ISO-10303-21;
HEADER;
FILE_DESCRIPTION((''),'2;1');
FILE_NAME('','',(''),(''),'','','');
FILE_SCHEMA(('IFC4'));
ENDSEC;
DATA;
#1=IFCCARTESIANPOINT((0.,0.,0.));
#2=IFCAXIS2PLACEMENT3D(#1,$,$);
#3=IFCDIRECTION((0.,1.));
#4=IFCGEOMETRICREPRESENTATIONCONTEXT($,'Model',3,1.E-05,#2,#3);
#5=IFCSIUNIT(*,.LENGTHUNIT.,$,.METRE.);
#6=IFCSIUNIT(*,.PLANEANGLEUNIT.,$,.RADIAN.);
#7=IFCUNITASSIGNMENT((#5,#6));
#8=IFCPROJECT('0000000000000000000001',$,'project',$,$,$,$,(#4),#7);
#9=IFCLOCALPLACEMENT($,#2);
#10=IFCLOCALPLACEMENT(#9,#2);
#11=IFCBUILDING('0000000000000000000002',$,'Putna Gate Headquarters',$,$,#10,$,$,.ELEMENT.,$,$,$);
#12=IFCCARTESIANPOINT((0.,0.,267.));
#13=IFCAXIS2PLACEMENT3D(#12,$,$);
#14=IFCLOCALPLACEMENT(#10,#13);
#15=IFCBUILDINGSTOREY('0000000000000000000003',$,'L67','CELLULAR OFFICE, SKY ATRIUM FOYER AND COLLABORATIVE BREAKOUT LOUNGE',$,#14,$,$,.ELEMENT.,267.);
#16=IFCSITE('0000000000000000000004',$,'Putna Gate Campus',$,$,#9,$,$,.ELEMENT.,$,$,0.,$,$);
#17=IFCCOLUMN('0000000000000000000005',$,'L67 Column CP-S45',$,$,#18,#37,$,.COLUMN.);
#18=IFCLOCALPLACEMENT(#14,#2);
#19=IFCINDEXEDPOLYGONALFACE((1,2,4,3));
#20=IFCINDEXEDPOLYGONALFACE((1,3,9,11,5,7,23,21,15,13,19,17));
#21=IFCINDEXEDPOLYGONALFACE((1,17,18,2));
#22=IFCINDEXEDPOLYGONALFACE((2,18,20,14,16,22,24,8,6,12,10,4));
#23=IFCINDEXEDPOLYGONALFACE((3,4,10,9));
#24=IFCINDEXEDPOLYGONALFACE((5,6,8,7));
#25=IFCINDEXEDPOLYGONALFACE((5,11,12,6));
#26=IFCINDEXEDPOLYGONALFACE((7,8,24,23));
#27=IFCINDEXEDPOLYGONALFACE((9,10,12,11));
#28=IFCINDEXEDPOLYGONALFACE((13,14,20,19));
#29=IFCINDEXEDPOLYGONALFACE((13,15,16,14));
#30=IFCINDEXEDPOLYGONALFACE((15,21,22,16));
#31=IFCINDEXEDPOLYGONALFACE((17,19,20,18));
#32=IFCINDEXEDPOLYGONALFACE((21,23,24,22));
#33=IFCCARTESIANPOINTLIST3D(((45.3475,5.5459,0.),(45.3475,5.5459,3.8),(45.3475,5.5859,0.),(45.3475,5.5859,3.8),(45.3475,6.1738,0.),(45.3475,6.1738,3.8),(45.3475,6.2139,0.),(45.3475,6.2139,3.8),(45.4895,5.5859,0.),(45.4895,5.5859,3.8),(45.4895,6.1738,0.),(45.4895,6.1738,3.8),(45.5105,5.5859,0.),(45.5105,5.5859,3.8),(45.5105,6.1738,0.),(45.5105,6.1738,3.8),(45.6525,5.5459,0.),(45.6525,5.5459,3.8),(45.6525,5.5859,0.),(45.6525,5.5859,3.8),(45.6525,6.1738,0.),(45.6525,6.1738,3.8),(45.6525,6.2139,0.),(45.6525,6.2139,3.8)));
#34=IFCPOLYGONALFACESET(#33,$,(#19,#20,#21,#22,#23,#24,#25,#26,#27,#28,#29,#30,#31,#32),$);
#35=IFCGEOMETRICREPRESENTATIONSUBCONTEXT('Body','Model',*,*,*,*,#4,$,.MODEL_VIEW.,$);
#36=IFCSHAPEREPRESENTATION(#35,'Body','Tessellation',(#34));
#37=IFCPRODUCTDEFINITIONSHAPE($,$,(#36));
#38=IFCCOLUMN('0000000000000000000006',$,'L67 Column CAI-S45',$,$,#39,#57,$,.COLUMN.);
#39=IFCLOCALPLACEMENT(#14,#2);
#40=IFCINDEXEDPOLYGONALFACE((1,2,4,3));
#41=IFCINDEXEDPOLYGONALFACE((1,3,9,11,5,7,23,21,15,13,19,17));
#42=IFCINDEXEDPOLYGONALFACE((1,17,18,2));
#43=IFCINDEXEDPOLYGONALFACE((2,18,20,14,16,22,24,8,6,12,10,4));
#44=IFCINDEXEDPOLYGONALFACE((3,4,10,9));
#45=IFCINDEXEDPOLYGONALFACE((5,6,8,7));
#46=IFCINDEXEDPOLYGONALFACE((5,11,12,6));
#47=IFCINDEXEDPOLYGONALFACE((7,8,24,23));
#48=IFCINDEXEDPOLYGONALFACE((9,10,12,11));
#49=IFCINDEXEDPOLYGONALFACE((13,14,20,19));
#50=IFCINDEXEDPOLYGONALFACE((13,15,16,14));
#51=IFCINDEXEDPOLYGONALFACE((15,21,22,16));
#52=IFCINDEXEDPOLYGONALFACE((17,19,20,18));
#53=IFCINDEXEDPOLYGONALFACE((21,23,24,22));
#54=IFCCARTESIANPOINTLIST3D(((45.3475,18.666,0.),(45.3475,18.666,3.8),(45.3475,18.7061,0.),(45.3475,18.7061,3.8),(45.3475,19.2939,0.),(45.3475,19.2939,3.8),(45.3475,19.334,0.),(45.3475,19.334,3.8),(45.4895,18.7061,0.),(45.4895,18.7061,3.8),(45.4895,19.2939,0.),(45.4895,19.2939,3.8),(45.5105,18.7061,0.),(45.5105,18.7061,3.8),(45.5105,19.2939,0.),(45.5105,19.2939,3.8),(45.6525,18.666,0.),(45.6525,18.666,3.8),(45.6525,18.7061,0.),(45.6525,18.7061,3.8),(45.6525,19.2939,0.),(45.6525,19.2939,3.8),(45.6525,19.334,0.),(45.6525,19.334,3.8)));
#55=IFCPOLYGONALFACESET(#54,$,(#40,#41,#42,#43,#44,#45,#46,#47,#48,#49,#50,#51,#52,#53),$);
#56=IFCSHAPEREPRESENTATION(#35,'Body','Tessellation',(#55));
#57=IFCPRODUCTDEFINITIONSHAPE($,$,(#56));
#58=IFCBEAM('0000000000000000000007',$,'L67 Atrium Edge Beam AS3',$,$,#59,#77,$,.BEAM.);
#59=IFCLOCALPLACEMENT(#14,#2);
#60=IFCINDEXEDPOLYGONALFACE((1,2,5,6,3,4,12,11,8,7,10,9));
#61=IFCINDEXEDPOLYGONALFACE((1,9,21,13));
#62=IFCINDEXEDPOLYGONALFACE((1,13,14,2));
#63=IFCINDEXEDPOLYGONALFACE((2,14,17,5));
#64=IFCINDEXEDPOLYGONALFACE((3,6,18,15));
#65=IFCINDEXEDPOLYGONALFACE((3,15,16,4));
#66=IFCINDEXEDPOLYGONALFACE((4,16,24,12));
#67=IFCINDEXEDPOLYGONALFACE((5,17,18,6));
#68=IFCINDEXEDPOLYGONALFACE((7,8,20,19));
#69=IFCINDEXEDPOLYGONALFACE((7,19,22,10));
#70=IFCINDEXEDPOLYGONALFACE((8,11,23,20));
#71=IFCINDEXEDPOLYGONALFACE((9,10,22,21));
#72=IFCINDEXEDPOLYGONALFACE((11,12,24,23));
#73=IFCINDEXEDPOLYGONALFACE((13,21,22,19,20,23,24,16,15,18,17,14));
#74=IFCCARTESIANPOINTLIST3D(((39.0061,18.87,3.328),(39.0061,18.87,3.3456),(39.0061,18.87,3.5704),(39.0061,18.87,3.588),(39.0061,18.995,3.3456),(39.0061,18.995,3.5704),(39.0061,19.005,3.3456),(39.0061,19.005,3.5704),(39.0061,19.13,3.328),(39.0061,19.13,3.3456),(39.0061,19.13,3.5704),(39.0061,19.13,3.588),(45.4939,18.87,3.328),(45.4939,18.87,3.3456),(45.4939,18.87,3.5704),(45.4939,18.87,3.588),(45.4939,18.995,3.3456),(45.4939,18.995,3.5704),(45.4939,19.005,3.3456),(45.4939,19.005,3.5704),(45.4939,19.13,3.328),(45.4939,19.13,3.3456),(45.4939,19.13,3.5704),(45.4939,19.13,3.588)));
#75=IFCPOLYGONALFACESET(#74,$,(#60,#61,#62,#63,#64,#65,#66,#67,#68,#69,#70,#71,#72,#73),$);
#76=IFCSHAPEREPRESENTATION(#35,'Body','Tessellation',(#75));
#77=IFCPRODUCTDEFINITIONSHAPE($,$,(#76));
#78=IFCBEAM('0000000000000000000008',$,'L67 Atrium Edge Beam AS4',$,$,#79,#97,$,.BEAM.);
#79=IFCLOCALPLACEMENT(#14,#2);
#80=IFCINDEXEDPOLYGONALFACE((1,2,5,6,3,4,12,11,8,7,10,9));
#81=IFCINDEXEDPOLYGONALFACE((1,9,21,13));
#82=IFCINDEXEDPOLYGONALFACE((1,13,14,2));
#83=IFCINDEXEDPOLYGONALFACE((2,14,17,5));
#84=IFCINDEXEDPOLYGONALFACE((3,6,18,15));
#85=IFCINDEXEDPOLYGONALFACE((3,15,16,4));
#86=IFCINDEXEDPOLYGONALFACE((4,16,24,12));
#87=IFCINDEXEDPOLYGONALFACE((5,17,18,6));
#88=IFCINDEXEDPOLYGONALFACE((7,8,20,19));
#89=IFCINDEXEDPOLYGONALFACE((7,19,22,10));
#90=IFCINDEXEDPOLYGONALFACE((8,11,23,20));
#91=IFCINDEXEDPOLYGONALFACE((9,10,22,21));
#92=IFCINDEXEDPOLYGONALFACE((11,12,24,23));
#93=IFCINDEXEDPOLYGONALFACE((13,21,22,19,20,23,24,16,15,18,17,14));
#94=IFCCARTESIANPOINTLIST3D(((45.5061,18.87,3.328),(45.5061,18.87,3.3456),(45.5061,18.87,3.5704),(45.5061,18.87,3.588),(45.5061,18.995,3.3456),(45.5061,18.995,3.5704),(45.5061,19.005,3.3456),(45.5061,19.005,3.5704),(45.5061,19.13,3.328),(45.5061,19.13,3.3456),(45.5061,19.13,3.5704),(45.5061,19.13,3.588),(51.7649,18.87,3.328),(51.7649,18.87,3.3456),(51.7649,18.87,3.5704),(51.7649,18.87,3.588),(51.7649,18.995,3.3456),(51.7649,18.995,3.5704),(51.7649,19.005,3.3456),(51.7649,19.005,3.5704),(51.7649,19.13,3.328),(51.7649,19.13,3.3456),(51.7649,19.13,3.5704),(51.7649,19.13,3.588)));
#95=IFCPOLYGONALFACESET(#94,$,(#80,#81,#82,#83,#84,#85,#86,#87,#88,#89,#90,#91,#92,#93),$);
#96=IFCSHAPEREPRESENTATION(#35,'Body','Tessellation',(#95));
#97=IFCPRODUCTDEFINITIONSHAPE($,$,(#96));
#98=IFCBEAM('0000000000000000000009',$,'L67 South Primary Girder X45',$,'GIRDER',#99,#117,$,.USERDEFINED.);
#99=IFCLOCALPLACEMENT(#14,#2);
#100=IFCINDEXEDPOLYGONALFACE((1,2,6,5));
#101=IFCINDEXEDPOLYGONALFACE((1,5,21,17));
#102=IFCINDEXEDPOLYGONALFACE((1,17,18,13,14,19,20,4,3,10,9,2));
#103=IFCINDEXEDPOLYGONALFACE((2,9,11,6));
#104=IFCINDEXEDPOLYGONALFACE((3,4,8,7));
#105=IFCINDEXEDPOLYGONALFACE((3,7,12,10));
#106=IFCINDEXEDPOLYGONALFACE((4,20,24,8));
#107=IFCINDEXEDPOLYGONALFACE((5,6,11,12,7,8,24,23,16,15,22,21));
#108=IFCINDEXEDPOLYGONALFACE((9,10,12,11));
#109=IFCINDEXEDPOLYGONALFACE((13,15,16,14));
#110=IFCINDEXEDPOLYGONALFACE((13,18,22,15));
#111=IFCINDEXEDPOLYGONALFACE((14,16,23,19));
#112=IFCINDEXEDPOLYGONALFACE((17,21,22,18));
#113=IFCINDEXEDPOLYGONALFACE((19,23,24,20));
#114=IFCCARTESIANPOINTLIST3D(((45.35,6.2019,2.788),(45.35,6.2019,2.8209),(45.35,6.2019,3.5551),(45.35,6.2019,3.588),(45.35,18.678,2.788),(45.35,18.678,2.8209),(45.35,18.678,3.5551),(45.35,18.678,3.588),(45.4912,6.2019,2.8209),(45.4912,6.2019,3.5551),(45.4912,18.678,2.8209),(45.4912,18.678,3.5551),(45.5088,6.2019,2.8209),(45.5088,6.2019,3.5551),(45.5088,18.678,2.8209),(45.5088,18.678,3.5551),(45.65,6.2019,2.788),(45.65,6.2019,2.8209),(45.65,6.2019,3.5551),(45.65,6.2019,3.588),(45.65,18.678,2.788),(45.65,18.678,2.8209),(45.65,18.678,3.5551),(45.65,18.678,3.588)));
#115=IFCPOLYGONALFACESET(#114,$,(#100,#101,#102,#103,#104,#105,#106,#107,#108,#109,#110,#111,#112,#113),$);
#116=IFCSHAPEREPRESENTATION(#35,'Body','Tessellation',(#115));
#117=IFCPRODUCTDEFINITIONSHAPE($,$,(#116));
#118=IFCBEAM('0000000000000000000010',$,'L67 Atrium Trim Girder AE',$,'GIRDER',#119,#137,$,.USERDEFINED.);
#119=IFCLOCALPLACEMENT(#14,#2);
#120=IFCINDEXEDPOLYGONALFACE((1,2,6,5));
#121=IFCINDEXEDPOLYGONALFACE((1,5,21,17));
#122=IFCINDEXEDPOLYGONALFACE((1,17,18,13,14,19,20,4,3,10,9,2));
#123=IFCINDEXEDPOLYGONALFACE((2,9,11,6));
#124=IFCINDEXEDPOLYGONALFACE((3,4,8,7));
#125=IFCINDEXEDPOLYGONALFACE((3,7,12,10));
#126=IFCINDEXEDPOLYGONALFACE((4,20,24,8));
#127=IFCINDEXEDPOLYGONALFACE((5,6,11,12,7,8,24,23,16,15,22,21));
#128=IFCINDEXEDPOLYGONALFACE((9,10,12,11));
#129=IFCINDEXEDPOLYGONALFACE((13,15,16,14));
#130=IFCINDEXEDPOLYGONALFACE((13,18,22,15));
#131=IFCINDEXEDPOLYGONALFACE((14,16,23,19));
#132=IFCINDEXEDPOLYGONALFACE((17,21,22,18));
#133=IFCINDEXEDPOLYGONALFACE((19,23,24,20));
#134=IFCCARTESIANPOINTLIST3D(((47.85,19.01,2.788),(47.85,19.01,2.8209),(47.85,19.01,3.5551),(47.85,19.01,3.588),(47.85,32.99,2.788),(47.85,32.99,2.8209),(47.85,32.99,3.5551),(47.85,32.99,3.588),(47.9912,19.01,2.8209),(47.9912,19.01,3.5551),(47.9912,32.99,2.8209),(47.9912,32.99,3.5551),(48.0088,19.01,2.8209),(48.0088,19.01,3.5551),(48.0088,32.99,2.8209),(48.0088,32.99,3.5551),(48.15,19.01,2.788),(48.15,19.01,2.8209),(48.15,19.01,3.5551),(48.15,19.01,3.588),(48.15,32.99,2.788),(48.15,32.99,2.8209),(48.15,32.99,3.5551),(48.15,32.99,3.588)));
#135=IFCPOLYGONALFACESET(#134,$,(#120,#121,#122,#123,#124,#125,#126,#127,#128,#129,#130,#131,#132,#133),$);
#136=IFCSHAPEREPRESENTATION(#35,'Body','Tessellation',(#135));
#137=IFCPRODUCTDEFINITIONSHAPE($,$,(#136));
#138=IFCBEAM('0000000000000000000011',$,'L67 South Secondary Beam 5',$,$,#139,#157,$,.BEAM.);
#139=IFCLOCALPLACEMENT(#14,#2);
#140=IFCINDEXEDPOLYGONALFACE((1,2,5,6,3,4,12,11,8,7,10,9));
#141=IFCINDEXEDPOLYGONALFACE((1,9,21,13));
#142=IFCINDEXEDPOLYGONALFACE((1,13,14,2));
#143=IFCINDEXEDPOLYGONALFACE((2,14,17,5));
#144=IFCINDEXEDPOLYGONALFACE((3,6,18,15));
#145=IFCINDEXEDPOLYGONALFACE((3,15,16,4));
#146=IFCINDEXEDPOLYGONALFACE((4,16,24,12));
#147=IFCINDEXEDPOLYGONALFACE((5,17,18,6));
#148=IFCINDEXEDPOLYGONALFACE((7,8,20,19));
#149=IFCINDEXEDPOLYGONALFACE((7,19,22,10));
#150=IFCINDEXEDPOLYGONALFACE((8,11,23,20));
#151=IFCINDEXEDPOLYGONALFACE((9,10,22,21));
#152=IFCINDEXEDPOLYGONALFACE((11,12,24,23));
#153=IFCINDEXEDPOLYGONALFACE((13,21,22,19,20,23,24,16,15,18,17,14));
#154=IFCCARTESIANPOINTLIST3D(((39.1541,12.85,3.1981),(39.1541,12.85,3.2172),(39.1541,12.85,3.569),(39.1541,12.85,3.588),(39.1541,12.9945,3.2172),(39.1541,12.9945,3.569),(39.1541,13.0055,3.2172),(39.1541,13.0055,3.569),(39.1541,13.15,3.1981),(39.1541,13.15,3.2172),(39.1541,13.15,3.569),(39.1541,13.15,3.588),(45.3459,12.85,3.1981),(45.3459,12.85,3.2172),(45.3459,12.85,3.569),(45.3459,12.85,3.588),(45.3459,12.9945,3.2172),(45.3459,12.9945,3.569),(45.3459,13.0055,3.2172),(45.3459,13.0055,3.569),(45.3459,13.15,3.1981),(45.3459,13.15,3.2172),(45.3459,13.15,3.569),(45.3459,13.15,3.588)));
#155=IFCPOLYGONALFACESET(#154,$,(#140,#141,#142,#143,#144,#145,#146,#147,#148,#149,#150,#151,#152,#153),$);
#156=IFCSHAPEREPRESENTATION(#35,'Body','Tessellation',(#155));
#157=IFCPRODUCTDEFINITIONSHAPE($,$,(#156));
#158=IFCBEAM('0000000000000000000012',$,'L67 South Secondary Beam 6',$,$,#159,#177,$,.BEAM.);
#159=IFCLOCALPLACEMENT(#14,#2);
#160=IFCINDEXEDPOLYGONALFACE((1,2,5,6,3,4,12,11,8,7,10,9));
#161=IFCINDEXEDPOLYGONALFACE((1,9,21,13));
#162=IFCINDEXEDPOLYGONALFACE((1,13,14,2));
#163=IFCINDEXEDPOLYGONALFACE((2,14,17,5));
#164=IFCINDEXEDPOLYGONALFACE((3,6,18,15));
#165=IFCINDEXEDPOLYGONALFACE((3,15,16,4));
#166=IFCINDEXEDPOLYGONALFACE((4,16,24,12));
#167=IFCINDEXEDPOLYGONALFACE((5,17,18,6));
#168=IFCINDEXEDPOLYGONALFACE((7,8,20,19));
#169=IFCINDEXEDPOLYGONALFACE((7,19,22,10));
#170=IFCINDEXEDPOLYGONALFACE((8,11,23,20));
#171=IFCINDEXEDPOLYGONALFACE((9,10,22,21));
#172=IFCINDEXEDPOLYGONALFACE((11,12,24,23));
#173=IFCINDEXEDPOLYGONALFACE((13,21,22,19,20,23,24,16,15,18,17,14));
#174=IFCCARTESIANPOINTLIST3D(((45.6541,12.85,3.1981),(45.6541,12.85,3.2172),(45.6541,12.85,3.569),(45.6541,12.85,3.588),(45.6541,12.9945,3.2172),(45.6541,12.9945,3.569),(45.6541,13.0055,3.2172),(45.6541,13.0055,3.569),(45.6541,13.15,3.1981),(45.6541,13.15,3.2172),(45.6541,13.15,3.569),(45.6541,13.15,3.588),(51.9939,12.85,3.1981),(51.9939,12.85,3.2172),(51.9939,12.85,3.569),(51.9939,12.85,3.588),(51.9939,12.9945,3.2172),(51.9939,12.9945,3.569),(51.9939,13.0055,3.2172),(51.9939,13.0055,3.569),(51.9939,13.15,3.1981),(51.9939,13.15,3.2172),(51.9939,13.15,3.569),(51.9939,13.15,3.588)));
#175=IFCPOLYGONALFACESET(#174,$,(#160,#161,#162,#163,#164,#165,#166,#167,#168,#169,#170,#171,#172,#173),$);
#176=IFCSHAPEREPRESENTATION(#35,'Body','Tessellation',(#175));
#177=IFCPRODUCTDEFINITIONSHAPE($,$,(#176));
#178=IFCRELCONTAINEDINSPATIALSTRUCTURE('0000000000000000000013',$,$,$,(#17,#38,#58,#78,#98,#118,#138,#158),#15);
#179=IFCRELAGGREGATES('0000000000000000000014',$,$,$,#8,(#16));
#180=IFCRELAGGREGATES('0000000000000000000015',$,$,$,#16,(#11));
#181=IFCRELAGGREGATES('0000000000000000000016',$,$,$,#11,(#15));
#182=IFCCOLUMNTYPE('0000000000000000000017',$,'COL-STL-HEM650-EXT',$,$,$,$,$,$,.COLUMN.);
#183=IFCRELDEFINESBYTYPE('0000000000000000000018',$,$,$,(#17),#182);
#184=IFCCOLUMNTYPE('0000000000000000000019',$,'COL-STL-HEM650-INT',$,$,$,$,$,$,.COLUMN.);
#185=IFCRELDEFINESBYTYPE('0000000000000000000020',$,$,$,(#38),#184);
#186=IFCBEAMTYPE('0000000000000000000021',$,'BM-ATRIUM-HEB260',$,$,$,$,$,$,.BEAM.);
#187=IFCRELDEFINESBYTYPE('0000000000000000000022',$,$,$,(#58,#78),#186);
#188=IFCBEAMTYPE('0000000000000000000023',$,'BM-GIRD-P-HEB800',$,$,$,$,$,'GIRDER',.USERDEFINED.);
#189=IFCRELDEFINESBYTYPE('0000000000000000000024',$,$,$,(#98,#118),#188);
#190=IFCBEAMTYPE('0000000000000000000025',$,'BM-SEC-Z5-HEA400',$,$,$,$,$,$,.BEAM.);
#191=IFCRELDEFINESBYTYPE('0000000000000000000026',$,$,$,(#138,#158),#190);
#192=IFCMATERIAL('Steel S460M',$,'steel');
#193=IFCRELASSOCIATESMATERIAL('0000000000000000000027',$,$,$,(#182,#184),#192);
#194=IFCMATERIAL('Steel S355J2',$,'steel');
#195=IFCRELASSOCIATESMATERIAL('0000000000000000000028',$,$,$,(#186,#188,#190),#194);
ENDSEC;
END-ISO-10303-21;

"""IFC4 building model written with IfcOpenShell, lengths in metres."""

from ifc_helpers import new_model, si_unit, direction, frame, origin, origin_2d, place, context, subcontext, project, spatial, i_section, extrude, material, material_profile, profile_set, type_object, element, save


model = new_model("IFC4")

# Units and contexts
model_context = context("Model", 3, precision=1e-05, world=origin(), true_north=direction((0.0, 1.0)))
body_context = subcontext(model_context, "Body", "Model", "MODEL_VIEW")
ifc_project = project(units=[si_unit("LENGTHUNIT", "METRE"), si_unit("PLANEANGLEUNIT", "RADIAN")], contexts=[model_context])

# Site, building, storey
site_placement = place(None, origin())
site = spatial("IfcSite", under=ifc_project, at=site_placement, Name="Putna Gate Campus", CompositionType="ELEMENT", RefElevation=0.0)
building_placement = place(site_placement, origin())
building = spatial("IfcBuilding", under=site, at=building_placement, Name="Putna Gate Headquarters", CompositionType="ELEMENT")
storey_placement = place(building_placement, frame((0.0, 0.0, 267.0)))
storey = spatial("IfcBuildingStorey", under=building, at=storey_placement, Name="L67", Description="CELLULAR OFFICE, SKY ATRIUM FOYER AND COLLABORATIVE BREAKOUT LOUNGE", CompositionType="ELEMENT", Elevation=267.0)

# Columns
ifc_material_1 = material(Name="Steel S460M", Category="steel")
ifc_material_profile_1 = material_profile(ifc_material_1, i_section(OverallWidth=0.3049, OverallDepth=0.668, WebThickness=0.021, FlangeThickness=0.04, at=origin_2d()), Name="Steel S460M")
ifc_profile_set_1 = profile_set([ifc_material_profile_1], Name="Steel S460M")
column_type_1 = type_object("IfcColumnType", Name="COL-STL-HEM650-EXT", PredefinedType="COLUMN", material=ifc_profile_set_1)
column_1_placement = place(storey_placement, frame((45.5, 5.8799, 0.0), z_axis=(0.0, 0.0, 1.0), x_axis=(1.0, 0.0, 0.0)))
element("IfcColumn", 1, at=column_1_placement, inside=storey, type_object=column_type_1, Name="L67 Column CP-S45", PredefinedType="COLUMN", context=body_context, shape_type="SweptSolid", body=[
    extrude(i_section(OverallWidth=0.3049, OverallDepth=0.668, WebThickness=0.021, FlangeThickness=0.04, at=origin_2d()), origin(), (0.0, 0.0, 1.0), 3.8),
])
ifc_material_profile_2 = material_profile(ifc_material_1, i_section(OverallWidth=0.3049, OverallDepth=0.668, WebThickness=0.021, FlangeThickness=0.04, at=origin_2d()), Name="Steel S460M")
ifc_profile_set_2 = profile_set([ifc_material_profile_2], Name="Steel S460M")
column_type_2 = type_object("IfcColumnType", Name="COL-STL-HEM650-INT", PredefinedType="COLUMN", material=ifc_profile_set_2)
column_2_placement = place(storey_placement, frame((45.5, 19.0, 0.0), z_axis=(0.0, 0.0, 1.0), x_axis=(1.0, 0.0, 0.0)))
element("IfcColumn", 2, at=column_2_placement, inside=storey, type_object=column_type_2, Name="L67 Column CAI-S45", PredefinedType="COLUMN", context=body_context, shape_type="SweptSolid", body=[
    extrude(i_section(OverallWidth=0.3049, OverallDepth=0.668, WebThickness=0.021, FlangeThickness=0.04, at=origin_2d()), origin(), (0.0, 0.0, 1.0), 3.8),
])

# Beams
ifc_material_2 = material(Name="Steel S355J2", Category="steel")
ifc_material_profile_3 = material_profile(ifc_material_2, i_section(OverallWidth=0.26, OverallDepth=0.26, WebThickness=0.01, FlangeThickness=0.0176, at=origin_2d()), Name="Steel S355J2")
ifc_profile_set_3 = profile_set([ifc_material_profile_3], Name="Steel S355J2")
beam_type_1 = type_object("IfcBeamType", Name="BM-ATRIUM-HEB260", PredefinedType="BEAM", material=ifc_profile_set_3)
beam_1_placement = place(storey_placement, frame((39.0061, 19.0, 3.458), z_axis=(1.0, 0.0, 0.0), x_axis=(0.0, 1.0, 0.0)))
element("IfcBeam", 3, at=beam_1_placement, inside=storey, type_object=beam_type_1, Name="L67 Atrium Edge Beam AS3", PredefinedType="BEAM", context=body_context, shape_type="SweptSolid", body=[
    extrude(i_section(OverallWidth=0.26, OverallDepth=0.26, WebThickness=0.01, FlangeThickness=0.0176, at=origin_2d()), origin(), (0.0, 0.0, 1.0), 6.4878),
])
beam_2_placement = place(storey_placement, frame((45.5061, 19.0, 3.458), z_axis=(1.0, 0.0, 0.0), x_axis=(0.0, 1.0, 0.0)))
element("IfcBeam", 4, at=beam_2_placement, inside=storey, type_object=beam_type_1, Name="L67 Atrium Edge Beam AS4", PredefinedType="BEAM", context=body_context, shape_type="SweptSolid", body=[
    extrude(i_section(OverallWidth=0.26, OverallDepth=0.26, WebThickness=0.01, FlangeThickness=0.0176, at=origin_2d()), origin(), (0.0, 0.0, 1.0), 6.2588),
])
ifc_material_profile_4 = material_profile(ifc_material_2, i_section(OverallWidth=0.3, OverallDepth=0.8, WebThickness=0.0176, FlangeThickness=0.033, at=origin_2d()), Name="Steel S355J2")
ifc_profile_set_4 = profile_set([ifc_material_profile_4], Name="Steel S355J2")
beam_type_2 = type_object("IfcBeamType", Name="BM-GIRD-P-HEB800", ElementType="GIRDER", PredefinedType="USERDEFINED", material=ifc_profile_set_4)
beam_3_placement = place(storey_placement, frame((45.5, 6.2019, 3.188), z_axis=(0.0, 1.0, 0.0), x_axis=(-1.0, 0.0, 0.0)))
element("IfcBeam", 5, at=beam_3_placement, inside=storey, type_object=beam_type_2, Name="L67 South Primary Girder X45", ObjectType="GIRDER", PredefinedType="USERDEFINED", context=body_context, shape_type="SweptSolid", body=[
    extrude(i_section(OverallWidth=0.3, OverallDepth=0.8, WebThickness=0.0176, FlangeThickness=0.033, at=origin_2d()), origin(), (0.0, 0.0, 1.0), 12.4761),
])
beam_4_placement = place(storey_placement, frame((48.0, 19.01, 3.188), z_axis=(0.0, 1.0, 0.0), x_axis=(-1.0, 0.0, 0.0)))
element("IfcBeam", 6, at=beam_4_placement, inside=storey, type_object=beam_type_2, Name="L67 Atrium Trim Girder AE", ObjectType="GIRDER", PredefinedType="USERDEFINED", context=body_context, shape_type="SweptSolid", body=[
    extrude(i_section(OverallWidth=0.3, OverallDepth=0.8, WebThickness=0.0176, FlangeThickness=0.033, at=origin_2d()), origin(), (0.0, 0.0, 1.0), 13.98),
])
ifc_material_profile_5 = material_profile(ifc_material_2, i_section(OverallWidth=0.3, OverallDepth=0.3899, WebThickness=0.011, FlangeThickness=0.019, at=origin_2d()), Name="Steel S355J2")
ifc_profile_set_5 = profile_set([ifc_material_profile_5], Name="Steel S355J2")
beam_type_3 = type_object("IfcBeamType", Name="BM-SEC-Z5-HEA400", PredefinedType="BEAM", material=ifc_profile_set_5)
beam_5_placement = place(storey_placement, frame((39.1541, 13.0, 3.3931), z_axis=(1.0, 0.0, 0.0), x_axis=(0.0, 1.0, 0.0)))
element("IfcBeam", 7, at=beam_5_placement, inside=storey, type_object=beam_type_3, Name="L67 South Secondary Beam 5", PredefinedType="BEAM", context=body_context, shape_type="SweptSolid", body=[
    extrude(i_section(OverallWidth=0.3, OverallDepth=0.3899, WebThickness=0.011, FlangeThickness=0.019, at=origin_2d()), origin(), (0.0, 0.0, 1.0), 6.1919),
])
beam_6_placement = place(storey_placement, frame((45.6541, 13.0, 3.3931), z_axis=(1.0, 0.0, 0.0), x_axis=(0.0, 1.0, 0.0)))
element("IfcBeam", 8, at=beam_6_placement, inside=storey, type_object=beam_type_3, Name="L67 South Secondary Beam 6", PredefinedType="BEAM", context=body_context, shape_type="SweptSolid", body=[
    extrude(i_section(OverallWidth=0.3, OverallDepth=0.3899, WebThickness=0.011, FlangeThickness=0.019, at=origin_2d()), origin(), (0.0, 0.0, 1.0), 6.3398),
])

save(model, "model.ifc")
